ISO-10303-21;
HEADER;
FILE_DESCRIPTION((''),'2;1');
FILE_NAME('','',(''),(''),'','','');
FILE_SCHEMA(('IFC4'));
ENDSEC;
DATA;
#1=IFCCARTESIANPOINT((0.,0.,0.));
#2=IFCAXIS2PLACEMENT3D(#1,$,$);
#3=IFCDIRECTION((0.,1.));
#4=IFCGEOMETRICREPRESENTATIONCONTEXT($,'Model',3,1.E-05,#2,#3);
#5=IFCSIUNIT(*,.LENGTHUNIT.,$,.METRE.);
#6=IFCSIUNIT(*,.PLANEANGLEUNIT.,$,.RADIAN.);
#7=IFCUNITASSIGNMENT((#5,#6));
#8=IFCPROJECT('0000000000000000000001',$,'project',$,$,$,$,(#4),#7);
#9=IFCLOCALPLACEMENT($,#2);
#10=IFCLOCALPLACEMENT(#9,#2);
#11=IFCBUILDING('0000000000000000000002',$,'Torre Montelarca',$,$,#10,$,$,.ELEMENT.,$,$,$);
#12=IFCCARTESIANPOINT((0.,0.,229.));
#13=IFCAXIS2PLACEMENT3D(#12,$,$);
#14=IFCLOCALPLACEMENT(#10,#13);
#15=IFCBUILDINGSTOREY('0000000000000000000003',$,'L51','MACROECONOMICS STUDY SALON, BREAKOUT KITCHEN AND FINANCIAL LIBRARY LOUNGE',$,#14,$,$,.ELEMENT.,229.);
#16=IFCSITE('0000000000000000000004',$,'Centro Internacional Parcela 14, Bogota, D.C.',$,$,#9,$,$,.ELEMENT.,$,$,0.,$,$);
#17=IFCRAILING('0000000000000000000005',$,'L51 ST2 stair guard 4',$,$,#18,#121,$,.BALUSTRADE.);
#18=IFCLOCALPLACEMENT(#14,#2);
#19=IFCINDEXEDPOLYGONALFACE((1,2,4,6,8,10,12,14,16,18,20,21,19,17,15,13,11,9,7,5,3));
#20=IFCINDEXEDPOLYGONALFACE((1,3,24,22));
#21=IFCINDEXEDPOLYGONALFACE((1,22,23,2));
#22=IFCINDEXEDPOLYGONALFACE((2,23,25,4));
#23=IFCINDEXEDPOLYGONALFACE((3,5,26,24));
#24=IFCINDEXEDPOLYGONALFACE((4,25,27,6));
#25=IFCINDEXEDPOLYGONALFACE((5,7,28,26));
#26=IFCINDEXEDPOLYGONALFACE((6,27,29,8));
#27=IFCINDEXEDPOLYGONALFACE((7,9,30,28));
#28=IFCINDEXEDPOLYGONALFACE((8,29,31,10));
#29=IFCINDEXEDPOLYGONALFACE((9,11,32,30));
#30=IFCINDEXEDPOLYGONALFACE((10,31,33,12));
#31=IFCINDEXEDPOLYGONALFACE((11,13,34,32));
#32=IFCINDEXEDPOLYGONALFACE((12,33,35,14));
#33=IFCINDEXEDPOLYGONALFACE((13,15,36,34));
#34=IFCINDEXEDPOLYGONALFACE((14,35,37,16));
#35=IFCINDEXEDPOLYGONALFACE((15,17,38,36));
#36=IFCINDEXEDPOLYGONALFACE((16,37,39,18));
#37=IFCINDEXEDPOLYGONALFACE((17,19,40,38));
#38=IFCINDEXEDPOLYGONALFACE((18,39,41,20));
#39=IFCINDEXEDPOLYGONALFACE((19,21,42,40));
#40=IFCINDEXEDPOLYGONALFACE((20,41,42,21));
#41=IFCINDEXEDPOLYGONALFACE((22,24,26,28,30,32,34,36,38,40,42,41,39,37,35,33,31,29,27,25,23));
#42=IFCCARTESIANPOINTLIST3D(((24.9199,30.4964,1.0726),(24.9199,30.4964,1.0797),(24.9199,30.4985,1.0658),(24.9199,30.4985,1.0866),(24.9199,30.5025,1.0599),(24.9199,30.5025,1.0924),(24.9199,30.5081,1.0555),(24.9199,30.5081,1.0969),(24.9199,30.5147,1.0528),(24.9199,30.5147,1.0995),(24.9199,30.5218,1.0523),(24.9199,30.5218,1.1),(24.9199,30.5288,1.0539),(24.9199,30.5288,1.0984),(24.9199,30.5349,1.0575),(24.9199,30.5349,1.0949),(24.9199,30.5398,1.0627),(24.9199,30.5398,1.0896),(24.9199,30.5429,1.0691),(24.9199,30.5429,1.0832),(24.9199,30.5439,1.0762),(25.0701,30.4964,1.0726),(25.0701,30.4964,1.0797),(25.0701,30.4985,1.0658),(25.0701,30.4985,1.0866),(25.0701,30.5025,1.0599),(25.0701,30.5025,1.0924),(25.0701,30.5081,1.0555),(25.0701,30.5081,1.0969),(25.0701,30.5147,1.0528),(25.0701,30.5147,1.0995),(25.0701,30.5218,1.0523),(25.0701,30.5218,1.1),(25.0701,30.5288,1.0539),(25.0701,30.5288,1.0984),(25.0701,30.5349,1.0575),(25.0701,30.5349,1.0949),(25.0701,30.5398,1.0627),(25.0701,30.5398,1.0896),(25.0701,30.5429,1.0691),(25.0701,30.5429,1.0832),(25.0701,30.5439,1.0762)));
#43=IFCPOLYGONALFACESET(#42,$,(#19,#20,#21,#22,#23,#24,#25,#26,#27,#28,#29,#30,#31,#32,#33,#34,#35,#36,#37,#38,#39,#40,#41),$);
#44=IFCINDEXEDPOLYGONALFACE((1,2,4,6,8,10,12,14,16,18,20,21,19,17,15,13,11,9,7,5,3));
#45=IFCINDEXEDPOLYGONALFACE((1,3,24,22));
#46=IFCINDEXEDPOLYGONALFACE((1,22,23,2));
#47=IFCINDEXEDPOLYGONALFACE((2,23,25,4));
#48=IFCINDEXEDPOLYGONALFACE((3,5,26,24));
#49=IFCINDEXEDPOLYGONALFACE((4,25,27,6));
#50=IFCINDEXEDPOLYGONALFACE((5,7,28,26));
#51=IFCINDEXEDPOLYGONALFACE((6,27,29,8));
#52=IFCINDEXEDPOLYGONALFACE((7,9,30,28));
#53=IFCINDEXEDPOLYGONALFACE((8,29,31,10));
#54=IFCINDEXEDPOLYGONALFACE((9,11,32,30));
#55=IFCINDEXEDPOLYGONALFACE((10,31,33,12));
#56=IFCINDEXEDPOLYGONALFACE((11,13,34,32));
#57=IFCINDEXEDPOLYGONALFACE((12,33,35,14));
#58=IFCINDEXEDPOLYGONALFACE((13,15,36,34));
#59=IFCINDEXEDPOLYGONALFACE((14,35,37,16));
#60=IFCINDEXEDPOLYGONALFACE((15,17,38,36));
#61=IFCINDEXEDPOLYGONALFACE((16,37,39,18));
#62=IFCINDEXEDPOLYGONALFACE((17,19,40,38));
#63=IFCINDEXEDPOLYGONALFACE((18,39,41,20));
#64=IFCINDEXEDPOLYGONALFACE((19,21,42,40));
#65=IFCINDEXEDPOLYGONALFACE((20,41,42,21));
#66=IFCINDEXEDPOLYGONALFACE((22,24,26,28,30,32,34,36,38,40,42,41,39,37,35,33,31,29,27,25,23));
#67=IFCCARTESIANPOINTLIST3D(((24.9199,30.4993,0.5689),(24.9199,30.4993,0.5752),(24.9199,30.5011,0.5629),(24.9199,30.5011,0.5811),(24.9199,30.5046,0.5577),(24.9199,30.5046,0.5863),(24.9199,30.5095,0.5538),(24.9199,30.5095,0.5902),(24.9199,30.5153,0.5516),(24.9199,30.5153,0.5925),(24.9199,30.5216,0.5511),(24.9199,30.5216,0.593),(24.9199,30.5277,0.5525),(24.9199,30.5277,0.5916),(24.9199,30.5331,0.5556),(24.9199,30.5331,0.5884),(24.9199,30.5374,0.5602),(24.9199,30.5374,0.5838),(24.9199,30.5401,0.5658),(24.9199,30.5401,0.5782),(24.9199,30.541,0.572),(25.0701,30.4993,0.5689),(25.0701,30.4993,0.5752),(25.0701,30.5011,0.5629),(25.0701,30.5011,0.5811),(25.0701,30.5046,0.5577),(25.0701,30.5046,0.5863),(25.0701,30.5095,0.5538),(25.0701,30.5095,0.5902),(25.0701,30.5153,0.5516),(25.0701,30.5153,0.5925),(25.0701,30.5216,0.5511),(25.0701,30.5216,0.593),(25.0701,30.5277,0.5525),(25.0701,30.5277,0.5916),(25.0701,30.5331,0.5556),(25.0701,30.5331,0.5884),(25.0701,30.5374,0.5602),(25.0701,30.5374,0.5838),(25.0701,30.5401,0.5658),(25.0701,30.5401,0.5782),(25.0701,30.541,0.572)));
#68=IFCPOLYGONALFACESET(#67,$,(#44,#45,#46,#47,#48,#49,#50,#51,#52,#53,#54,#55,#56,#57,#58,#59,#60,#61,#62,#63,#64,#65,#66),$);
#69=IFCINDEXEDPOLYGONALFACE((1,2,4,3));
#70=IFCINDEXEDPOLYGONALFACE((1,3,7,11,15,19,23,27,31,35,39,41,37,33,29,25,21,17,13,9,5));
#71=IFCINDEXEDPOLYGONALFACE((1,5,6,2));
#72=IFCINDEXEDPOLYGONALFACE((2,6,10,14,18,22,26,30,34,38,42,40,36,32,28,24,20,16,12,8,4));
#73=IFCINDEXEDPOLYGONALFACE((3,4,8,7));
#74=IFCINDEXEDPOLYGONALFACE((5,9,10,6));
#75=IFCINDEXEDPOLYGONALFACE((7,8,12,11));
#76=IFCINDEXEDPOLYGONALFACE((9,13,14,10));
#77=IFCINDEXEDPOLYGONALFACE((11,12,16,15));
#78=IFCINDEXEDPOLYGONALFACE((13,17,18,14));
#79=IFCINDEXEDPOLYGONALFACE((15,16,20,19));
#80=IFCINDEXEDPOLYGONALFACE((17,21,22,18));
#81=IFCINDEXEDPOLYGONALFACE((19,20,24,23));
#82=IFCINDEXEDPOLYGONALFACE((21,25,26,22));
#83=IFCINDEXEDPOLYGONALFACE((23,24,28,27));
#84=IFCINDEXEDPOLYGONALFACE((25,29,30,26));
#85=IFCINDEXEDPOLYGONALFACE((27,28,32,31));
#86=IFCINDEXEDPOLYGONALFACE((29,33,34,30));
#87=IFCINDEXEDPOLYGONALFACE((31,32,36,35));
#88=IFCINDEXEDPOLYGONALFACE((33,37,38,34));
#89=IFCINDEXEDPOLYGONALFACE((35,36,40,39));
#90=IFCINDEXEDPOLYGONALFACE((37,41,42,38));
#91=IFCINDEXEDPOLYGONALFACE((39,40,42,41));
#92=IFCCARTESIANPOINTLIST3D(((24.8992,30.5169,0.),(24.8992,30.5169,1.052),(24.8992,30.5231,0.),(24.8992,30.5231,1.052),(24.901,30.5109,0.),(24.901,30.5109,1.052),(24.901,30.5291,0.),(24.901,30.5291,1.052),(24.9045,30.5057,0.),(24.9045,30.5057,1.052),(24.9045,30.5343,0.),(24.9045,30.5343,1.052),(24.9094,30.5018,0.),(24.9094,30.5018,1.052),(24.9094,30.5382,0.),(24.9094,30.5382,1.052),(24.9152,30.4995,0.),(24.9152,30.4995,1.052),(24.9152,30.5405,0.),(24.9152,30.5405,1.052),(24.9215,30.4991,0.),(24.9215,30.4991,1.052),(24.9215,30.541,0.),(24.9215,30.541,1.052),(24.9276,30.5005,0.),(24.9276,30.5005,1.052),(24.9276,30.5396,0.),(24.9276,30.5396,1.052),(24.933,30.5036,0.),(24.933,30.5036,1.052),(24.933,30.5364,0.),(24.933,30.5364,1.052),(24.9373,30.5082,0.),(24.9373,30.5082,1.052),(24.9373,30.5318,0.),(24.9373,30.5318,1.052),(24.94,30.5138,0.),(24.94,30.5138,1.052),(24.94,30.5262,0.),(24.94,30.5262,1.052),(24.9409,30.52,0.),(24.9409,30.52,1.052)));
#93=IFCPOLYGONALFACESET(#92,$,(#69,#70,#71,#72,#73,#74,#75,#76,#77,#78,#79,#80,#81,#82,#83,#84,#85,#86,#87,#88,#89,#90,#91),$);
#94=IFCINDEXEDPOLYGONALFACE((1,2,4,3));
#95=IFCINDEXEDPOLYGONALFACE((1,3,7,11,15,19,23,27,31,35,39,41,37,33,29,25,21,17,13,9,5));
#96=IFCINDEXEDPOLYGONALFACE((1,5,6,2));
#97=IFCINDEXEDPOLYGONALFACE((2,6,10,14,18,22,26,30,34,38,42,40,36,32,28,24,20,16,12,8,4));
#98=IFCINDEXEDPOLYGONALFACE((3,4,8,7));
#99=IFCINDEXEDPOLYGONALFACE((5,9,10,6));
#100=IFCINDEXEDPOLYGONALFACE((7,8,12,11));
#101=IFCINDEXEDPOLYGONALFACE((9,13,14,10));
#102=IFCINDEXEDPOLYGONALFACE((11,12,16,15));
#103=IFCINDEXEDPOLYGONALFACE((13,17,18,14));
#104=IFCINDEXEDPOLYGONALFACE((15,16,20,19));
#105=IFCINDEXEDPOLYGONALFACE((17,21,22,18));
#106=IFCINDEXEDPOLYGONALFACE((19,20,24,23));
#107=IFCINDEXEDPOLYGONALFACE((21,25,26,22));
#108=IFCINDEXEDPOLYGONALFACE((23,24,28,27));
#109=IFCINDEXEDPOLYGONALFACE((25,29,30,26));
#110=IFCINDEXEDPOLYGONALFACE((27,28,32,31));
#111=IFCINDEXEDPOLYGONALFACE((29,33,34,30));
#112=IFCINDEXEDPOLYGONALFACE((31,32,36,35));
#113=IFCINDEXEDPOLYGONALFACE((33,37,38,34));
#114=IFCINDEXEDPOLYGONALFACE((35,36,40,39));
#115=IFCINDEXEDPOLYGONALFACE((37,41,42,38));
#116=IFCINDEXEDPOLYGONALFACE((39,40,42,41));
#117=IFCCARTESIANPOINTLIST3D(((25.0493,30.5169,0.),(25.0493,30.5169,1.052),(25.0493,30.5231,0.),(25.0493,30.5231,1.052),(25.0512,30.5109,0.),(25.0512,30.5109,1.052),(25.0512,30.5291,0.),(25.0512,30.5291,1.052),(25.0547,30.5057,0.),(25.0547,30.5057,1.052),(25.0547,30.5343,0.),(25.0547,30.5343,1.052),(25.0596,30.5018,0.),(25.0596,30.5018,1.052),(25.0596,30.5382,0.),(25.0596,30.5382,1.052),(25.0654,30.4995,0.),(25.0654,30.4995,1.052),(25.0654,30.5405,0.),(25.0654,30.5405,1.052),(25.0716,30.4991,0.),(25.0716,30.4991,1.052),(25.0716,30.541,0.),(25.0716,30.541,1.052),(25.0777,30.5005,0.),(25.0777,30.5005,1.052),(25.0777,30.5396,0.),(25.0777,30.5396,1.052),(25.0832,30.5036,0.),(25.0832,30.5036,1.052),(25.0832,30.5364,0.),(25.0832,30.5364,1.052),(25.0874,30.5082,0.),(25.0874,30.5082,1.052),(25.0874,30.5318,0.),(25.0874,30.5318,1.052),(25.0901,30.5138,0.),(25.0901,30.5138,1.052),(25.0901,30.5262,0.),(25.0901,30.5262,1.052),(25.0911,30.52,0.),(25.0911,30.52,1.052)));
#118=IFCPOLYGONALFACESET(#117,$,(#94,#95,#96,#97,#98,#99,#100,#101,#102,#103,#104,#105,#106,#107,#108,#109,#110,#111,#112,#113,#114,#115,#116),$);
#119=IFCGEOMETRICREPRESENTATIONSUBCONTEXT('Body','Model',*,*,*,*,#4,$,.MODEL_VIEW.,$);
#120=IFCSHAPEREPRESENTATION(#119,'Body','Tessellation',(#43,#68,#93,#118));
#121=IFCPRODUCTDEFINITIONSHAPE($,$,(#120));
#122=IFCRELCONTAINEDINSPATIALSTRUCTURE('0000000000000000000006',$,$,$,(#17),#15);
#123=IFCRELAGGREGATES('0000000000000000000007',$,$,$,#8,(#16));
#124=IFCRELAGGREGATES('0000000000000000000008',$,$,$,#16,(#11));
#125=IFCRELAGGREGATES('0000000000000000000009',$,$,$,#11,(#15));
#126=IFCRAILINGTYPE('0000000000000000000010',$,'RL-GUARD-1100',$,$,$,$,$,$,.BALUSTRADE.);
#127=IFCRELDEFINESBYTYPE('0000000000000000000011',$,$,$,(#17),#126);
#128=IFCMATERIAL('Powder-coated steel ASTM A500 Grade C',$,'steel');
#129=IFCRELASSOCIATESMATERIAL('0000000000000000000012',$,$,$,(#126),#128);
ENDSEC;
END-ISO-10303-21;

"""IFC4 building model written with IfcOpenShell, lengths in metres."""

from ifc_helpers import new_model, si_unit, direction, frame, origin, origin_2d, place, context, subcontext, project, spatial, circle, extrude, material, type_object, element, save


model = new_model("IFC4")

# Units and contexts
model_context = context("Model", 3, precision=1e-05, world=origin(), true_north=direction((0.0, 1.0)))
body_context = subcontext(model_context, "Body", "Model", "MODEL_VIEW")
ifc_project = project(units=[si_unit("LENGTHUNIT", "METRE"), si_unit("PLANEANGLEUNIT", "RADIAN")], contexts=[model_context])

# Site, building, storey
site_placement = place(None, origin())
site = spatial("IfcSite", under=ifc_project, at=site_placement, Name="Centro Internacional Parcela 14, Bogota, D.C.", CompositionType="ELEMENT", RefElevation=0.0)
building_placement = place(site_placement, origin())
building = spatial("IfcBuilding", under=site, at=building_placement, Name="Torre Montelarca", CompositionType="ELEMENT")
storey_placement = place(building_placement, frame((0.0, 0.0, 229.0)))
storey = spatial("IfcBuildingStorey", under=building, at=storey_placement, Name="L51", Description="MACROECONOMICS STUDY SALON, BREAKOUT KITCHEN AND FINANCIAL LIBRARY LOUNGE", CompositionType="ELEMENT", Elevation=229.0)

# Railing
ifc_material_1 = material(Name="Powder-coated steel ASTM A500 Grade C", Category="steel")
railing_type = type_object("IfcRailingType", Name="RL-GUARD-1100", PredefinedType="BALUSTRADE", material=ifc_material_1)
railing_placement = place(storey_placement, frame((24.9199, 30.52, 0.0)))
element("IfcRailing", 1, at=railing_placement, inside=storey, type_object=railing_type, Name="L51 ST2 stair guard 4", PredefinedType="BALUSTRADE", context=body_context, shape_type="SweptSolid", body=[
    extrude(circle(Radius=0.0239, at=origin_2d()), frame((0.0, 0.0, 1.0762), z_axis=(1.0, 0.0, 0.0), x_axis=(0.0, 1.0, 0.0)), (0.0, 0.0, 1.0), 0.1501),
    extrude(circle(Radius=0.021, at=origin_2d()), frame((0.0, 0.0, 0.572), z_axis=(1.0, 0.0, 0.0), x_axis=(0.0, 1.0, 0.0)), (0.0, 0.0, 1.0), 0.1501),
    extrude(circle(Radius=0.021, at=origin_2d()), origin(), (0.0, 0.0, 1.0), 1.052),
    extrude(circle(Radius=0.021, at=origin_2d()), frame((0.1501, 0.0, 0.0)), (0.0, 0.0, 1.0), 1.052),
])

save(model, "model.ifc")
